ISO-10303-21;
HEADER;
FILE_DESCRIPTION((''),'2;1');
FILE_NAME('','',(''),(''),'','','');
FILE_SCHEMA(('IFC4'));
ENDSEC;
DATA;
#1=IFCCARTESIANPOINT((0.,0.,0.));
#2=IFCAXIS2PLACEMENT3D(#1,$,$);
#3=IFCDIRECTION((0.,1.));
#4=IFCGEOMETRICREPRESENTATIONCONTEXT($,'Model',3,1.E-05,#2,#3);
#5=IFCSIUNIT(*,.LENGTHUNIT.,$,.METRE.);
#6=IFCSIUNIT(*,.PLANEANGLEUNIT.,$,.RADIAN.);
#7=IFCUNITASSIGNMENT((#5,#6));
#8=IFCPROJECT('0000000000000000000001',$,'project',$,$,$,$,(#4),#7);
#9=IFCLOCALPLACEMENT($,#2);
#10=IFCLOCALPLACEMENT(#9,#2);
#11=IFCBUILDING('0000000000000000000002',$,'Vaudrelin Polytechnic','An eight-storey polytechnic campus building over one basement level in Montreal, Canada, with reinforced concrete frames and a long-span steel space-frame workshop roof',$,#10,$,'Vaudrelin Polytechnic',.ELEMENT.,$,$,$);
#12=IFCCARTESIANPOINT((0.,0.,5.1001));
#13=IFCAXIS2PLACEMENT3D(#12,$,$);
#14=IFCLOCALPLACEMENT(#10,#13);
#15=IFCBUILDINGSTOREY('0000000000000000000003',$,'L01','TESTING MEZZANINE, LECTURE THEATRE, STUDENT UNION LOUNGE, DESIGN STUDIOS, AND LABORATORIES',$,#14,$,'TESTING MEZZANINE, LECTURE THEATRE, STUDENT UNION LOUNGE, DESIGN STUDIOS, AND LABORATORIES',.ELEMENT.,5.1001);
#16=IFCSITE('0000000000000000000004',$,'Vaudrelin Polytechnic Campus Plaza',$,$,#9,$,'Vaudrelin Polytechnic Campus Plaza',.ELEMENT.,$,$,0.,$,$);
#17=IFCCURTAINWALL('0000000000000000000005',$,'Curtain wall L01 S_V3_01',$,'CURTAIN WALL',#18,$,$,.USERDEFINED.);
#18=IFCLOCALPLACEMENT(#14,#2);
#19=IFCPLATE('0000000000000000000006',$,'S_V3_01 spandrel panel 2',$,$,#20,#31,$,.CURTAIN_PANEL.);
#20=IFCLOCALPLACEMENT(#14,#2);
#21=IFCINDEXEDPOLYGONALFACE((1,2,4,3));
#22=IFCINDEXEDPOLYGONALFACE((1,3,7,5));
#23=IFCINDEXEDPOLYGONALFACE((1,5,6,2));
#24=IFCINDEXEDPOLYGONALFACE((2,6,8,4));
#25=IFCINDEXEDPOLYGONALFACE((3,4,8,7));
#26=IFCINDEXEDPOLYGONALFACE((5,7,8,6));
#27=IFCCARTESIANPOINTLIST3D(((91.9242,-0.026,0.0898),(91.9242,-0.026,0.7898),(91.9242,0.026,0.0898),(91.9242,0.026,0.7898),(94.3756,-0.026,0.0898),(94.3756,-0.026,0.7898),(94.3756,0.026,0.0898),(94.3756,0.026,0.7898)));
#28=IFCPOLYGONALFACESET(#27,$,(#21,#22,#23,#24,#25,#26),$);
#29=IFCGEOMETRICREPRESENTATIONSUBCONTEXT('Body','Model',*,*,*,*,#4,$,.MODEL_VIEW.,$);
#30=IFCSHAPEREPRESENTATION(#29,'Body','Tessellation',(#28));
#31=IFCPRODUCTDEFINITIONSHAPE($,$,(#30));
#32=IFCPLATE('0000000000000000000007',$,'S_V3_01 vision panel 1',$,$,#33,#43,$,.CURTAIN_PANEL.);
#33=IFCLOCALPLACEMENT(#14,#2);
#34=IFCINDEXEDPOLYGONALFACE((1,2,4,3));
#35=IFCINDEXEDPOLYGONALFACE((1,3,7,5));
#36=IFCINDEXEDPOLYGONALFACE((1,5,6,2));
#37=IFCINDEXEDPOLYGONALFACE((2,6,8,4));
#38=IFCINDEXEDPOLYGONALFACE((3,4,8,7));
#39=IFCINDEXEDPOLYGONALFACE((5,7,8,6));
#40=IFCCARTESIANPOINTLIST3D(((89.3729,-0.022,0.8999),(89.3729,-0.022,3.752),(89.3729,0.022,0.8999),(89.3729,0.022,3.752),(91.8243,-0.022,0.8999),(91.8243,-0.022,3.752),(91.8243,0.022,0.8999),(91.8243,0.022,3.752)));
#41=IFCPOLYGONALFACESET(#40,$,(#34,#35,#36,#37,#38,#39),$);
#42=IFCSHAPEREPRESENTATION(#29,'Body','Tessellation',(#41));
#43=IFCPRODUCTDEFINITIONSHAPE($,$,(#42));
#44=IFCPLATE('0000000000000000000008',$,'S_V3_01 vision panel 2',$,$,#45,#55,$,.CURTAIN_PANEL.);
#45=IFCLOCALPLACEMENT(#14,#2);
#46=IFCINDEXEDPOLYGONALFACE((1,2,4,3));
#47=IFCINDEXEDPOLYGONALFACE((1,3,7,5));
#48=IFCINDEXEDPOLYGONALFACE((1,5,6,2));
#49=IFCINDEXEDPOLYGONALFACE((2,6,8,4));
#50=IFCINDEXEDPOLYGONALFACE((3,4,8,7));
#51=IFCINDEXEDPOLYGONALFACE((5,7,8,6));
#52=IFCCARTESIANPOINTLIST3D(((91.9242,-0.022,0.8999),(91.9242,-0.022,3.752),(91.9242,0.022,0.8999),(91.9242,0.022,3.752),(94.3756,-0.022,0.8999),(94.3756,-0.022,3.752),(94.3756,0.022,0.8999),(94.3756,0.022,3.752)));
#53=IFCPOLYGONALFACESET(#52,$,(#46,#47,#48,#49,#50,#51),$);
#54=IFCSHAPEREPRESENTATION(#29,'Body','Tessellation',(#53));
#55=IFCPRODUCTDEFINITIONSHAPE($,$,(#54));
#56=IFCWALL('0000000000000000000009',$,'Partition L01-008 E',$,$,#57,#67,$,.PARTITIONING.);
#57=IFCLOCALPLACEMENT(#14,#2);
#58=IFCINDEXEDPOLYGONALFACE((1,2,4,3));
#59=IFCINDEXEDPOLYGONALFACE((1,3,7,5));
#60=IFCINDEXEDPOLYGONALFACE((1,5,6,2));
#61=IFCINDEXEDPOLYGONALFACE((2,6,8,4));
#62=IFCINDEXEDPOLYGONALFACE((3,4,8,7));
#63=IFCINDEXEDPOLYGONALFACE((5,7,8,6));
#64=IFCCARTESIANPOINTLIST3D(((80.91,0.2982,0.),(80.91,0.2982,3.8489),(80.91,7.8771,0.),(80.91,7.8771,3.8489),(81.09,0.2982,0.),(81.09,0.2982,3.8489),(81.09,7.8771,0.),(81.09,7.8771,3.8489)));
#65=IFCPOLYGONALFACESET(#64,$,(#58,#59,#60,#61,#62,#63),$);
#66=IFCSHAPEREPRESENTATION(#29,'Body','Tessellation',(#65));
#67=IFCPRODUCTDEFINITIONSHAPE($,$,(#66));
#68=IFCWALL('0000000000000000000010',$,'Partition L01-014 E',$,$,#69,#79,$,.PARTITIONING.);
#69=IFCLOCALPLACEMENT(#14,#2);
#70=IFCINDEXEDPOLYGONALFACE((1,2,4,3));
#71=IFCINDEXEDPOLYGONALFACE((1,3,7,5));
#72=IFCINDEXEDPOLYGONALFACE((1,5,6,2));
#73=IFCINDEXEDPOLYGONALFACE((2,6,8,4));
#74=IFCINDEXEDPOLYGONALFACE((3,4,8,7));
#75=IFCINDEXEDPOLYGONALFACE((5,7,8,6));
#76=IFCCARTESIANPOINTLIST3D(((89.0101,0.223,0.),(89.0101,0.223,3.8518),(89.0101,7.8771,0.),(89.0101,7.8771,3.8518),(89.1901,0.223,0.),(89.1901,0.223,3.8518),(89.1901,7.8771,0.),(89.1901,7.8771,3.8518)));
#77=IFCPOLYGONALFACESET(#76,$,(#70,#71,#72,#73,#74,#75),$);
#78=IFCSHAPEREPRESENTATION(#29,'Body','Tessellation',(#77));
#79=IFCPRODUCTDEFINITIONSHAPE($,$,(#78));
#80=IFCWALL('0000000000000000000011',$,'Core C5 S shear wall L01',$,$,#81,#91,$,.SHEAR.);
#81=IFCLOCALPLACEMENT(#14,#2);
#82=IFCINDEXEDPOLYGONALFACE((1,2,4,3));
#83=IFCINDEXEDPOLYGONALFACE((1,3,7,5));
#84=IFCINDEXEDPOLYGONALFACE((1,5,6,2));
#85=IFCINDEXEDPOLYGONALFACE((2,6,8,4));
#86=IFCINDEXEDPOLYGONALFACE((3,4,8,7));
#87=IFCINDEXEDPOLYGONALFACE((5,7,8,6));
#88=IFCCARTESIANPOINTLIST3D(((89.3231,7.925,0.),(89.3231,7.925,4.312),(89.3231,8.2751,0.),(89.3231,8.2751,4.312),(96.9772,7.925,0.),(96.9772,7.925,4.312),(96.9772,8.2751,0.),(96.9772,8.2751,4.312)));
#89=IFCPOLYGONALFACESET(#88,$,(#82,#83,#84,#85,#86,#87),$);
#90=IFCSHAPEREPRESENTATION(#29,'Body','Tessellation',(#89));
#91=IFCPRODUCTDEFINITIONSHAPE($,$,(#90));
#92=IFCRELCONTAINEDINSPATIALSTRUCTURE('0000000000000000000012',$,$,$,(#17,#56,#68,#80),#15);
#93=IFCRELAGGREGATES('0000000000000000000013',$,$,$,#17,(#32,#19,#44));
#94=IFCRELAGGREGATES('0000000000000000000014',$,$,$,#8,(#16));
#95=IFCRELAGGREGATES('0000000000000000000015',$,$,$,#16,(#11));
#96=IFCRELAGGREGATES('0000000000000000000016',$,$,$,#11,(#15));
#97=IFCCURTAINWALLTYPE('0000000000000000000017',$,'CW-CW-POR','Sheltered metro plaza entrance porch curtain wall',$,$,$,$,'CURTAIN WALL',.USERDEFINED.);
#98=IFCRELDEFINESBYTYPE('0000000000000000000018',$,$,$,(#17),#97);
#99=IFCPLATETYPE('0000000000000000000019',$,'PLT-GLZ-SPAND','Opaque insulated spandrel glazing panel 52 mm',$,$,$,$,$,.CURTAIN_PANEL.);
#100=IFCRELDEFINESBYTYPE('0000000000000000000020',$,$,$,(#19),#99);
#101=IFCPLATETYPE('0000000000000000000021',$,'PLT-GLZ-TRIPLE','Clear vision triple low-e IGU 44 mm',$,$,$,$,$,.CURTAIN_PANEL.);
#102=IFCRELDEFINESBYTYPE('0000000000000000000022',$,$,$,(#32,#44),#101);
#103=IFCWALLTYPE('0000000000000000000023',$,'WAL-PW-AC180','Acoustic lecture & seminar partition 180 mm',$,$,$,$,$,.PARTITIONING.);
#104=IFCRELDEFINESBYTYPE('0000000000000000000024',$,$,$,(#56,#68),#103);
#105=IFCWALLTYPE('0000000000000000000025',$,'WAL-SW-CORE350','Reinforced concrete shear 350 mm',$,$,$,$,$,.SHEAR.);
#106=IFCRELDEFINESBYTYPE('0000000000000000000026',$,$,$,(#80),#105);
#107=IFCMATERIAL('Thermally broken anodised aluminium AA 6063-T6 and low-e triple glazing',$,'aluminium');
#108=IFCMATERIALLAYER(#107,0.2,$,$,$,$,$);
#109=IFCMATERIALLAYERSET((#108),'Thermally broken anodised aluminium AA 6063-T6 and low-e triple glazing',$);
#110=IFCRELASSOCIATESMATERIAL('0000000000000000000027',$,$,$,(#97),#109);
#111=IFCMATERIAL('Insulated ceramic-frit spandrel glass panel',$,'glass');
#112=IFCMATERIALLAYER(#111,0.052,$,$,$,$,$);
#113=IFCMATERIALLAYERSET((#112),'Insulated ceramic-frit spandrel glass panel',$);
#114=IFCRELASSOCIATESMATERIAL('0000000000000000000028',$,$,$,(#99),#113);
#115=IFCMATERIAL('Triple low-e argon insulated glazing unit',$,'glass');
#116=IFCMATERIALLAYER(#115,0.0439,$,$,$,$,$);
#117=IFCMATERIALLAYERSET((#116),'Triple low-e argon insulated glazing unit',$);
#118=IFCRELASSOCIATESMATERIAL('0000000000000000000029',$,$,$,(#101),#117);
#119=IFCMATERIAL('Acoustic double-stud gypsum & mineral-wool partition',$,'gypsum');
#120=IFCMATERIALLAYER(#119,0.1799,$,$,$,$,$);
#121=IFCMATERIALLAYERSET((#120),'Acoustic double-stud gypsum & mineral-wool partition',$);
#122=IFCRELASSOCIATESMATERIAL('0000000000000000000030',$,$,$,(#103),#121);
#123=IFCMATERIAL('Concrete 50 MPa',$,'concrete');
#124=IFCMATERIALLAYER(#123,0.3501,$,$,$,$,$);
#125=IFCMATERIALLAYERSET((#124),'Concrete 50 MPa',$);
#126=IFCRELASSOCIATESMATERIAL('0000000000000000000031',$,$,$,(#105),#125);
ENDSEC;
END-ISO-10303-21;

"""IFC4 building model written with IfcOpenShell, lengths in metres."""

from ifc_helpers import new_model, si_unit, direction, frame, frame_2d, origin, origin_2d, place, context, subcontext, project, spatial, rectangle, extrude, material, layer, layer_set, type_object, element, aggregate, save


model = new_model("IFC4")

# Units and contexts
model_context = context("Model", 3, precision=1e-05, world=origin(), true_north=direction((0.0, 1.0)))
body_context = subcontext(model_context, "Body", "Model", "MODEL_VIEW")
ifc_project = project(units=[si_unit("LENGTHUNIT", "METRE"), si_unit("PLANEANGLEUNIT", "RADIAN")], contexts=[model_context])

# Site, building, storey
site_placement = place(None, origin())
site = spatial("IfcSite", under=ifc_project, at=site_placement, Name="Vaudrelin Polytechnic Campus Plaza", LongName="Vaudrelin Polytechnic Campus Plaza", CompositionType="ELEMENT", RefElevation=0.0)
building_placement = place(site_placement, origin())
building = spatial("IfcBuilding", under=site, at=building_placement, Name="Vaudrelin Polytechnic", Description="An eight-storey polytechnic campus building over one basement level in Montreal, Canada, with reinforced concrete frames and a long-span steel space-frame workshop roof", LongName="Vaudrelin Polytechnic", CompositionType="ELEMENT")
storey_placement = place(building_placement, frame((0.0, 0.0, 5.1001)))
storey = spatial("IfcBuildingStorey", under=building, at=storey_placement, Name="L01", Description="TESTING MEZZANINE, LECTURE THEATRE, STUDENT UNION LOUNGE, DESIGN STUDIOS, AND LABORATORIES", LongName="TESTING MEZZANINE, LECTURE THEATRE, STUDENT UNION LOUNGE, DESIGN STUDIOS, AND LABORATORIES", CompositionType="ELEMENT", Elevation=5.1001)

# Curtain wall, plates
ifc_material_1 = material(Name="Thermally broken anodised aluminium AA 6063-T6 and low-e triple glazing", Category="aluminium")
ifc_layer_1 = layer(ifc_material_1, 0.2)
ifc_layer_set_1 = layer_set([ifc_layer_1], Name="Thermally broken anodised aluminium AA 6063-T6 and low-e triple glazing")
curtain_wall_type = type_object("IfcCurtainWallType", Name="CW-CW-POR", Description="Sheltered metro plaza entrance porch curtain wall", ElementType="CURTAIN WALL", PredefinedType="USERDEFINED", material=ifc_layer_set_1)
curtain_wall_placement = place(storey_placement, origin())
curtain_wall = element("IfcCurtainWall", 1, at=curtain_wall_placement, inside=storey, type_object=curtain_wall_type, Name="Curtain wall L01 S_V3_01", ObjectType="CURTAIN WALL", PredefinedType="USERDEFINED")
ifc_material_2 = material(Name="Insulated ceramic-frit spandrel glass panel", Category="glass")
ifc_layer_2 = layer(ifc_material_2, 0.052)
ifc_layer_set_2 = layer_set([ifc_layer_2], Name="Insulated ceramic-frit spandrel glass panel")
plate_type_1 = type_object("IfcPlateType", Name="PLT-GLZ-SPAND", Description="Opaque insulated spandrel glazing panel 52 mm", PredefinedType="CURTAIN_PANEL", material=ifc_layer_set_2)
plate_1_placement = place(storey_placement, frame((93.1499, 0.0, 0.0898), z_axis=(0.0, 0.0, 1.0), x_axis=(1.0, 0.0, 0.0)))
plate_1 = element("IfcPlate", 2, at=plate_1_placement, type_object=plate_type_1, Name="S_V3_01 spandrel panel 2", PredefinedType="CURTAIN_PANEL", context=body_context, shape_type="SweptSolid", body=[
    extrude(rectangle(XDim=2.4514, YDim=0.052, at=origin_2d()), origin(), (0.0, 0.0, 1.0), 0.7),
])
ifc_material_3 = material(Name="Triple low-e argon insulated glazing unit", Category="glass")
ifc_layer_3 = layer(ifc_material_3, 0.0439)
ifc_layer_set_3 = layer_set([ifc_layer_3], Name="Triple low-e argon insulated glazing unit")
plate_type_2 = type_object("IfcPlateType", Name="PLT-GLZ-TRIPLE", Description="Clear vision triple low-e IGU 44 mm", PredefinedType="CURTAIN_PANEL", material=ifc_layer_set_3)
plate_2_placement = place(storey_placement, frame((90.5986, 0.0, 0.8999), z_axis=(0.0, 0.0, 1.0), x_axis=(1.0, 0.0, 0.0)))
plate_2 = element("IfcPlate", 3, at=plate_2_placement, type_object=plate_type_2, Name="S_V3_01 vision panel 1", PredefinedType="CURTAIN_PANEL", context=body_context, shape_type="SweptSolid", body=[
    extrude(rectangle(XDim=2.4514, YDim=0.0439, at=origin_2d()), origin(), (0.0, 0.0, 1.0), 2.8521),
])
plate_3_placement = place(storey_placement, frame((93.1499, 0.0, 0.8999), z_axis=(0.0, 0.0, 1.0), x_axis=(1.0, 0.0, 0.0)))
plate_3 = element("IfcPlate", 4, at=plate_3_placement, type_object=plate_type_2, Name="S_V3_01 vision panel 2", PredefinedType="CURTAIN_PANEL", context=body_context, shape_type="SweptSolid", body=[
    extrude(rectangle(XDim=2.4514, YDim=0.0439, at=origin_2d()), origin(), (0.0, 0.0, 1.0), 2.8521),
])
aggregate(curtain_wall, [plate_2, plate_1, plate_3])

# Walls
ifc_material_4 = material(Name="Acoustic double-stud gypsum & mineral-wool partition", Category="gypsum")
ifc_layer_4 = layer(ifc_material_4, 0.1799)
ifc_layer_set_4 = layer_set([ifc_layer_4], Name="Acoustic double-stud gypsum & mineral-wool partition")
wall_type_1 = type_object("IfcWallType", Name="WAL-PW-AC180", Description="Acoustic lecture & seminar partition 180 mm", PredefinedType="PARTITIONING", material=ifc_layer_set_4)
wall_1_placement = place(storey_placement, frame((81.0, 0.2981, 0.0), z_axis=(0.0, 0.0, 1.0), x_axis=(0.0, 1.0, 0.0)))
element("IfcWall", 5, at=wall_1_placement, inside=storey, type_object=wall_type_1, Name="Partition L01-008 E", PredefinedType="PARTITIONING", context=body_context, shape_type="SweptSolid", body=[
    extrude(rectangle(XDim=7.5789, YDim=0.1799, at=frame_2d((3.7896, 0.0))), origin(), (0.0, 0.0, 1.0), 3.8489),
])
wall_2_placement = place(storey_placement, frame((89.1001, 0.2229, 0.0), z_axis=(0.0, 0.0, 1.0), x_axis=(0.0, 1.0, 0.0)))
element("IfcWall", 6, at=wall_2_placement, inside=storey, type_object=wall_type_1, Name="Partition L01-014 E", PredefinedType="PARTITIONING", context=body_context, shape_type="SweptSolid", body=[
    extrude(rectangle(XDim=7.6541, YDim=0.1799, at=frame_2d((3.8271, 0.0))), origin(), (0.0, 0.0, 1.0), 3.8518),
])
ifc_material_5 = material(Name="Concrete 50 MPa", Category="concrete")
ifc_layer_5 = layer(ifc_material_5, 0.3501)
ifc_layer_set_5 = layer_set([ifc_layer_5], Name="Concrete 50 MPa")
wall_type_2 = type_object("IfcWallType", Name="WAL-SW-CORE350", Description="Reinforced concrete shear 350 mm", PredefinedType="SHEAR", material=ifc_layer_set_5)
wall_3_placement = place(storey_placement, frame((89.323, 8.1001, 0.0), z_axis=(0.0, 0.0, 1.0), x_axis=(1.0, 0.0, 0.0)))
element("IfcWall", 7, at=wall_3_placement, inside=storey, type_object=wall_type_2, Name="Core C5 S shear wall L01", PredefinedType="SHEAR", context=body_context, shape_type="SweptSolid", body=[
    extrude(rectangle(XDim=7.6541, YDim=0.3501, at=frame_2d((3.8271, 0.0))), origin(), (0.0, 0.0, 1.0), 4.312),
])

save(model, "model.ifc")
